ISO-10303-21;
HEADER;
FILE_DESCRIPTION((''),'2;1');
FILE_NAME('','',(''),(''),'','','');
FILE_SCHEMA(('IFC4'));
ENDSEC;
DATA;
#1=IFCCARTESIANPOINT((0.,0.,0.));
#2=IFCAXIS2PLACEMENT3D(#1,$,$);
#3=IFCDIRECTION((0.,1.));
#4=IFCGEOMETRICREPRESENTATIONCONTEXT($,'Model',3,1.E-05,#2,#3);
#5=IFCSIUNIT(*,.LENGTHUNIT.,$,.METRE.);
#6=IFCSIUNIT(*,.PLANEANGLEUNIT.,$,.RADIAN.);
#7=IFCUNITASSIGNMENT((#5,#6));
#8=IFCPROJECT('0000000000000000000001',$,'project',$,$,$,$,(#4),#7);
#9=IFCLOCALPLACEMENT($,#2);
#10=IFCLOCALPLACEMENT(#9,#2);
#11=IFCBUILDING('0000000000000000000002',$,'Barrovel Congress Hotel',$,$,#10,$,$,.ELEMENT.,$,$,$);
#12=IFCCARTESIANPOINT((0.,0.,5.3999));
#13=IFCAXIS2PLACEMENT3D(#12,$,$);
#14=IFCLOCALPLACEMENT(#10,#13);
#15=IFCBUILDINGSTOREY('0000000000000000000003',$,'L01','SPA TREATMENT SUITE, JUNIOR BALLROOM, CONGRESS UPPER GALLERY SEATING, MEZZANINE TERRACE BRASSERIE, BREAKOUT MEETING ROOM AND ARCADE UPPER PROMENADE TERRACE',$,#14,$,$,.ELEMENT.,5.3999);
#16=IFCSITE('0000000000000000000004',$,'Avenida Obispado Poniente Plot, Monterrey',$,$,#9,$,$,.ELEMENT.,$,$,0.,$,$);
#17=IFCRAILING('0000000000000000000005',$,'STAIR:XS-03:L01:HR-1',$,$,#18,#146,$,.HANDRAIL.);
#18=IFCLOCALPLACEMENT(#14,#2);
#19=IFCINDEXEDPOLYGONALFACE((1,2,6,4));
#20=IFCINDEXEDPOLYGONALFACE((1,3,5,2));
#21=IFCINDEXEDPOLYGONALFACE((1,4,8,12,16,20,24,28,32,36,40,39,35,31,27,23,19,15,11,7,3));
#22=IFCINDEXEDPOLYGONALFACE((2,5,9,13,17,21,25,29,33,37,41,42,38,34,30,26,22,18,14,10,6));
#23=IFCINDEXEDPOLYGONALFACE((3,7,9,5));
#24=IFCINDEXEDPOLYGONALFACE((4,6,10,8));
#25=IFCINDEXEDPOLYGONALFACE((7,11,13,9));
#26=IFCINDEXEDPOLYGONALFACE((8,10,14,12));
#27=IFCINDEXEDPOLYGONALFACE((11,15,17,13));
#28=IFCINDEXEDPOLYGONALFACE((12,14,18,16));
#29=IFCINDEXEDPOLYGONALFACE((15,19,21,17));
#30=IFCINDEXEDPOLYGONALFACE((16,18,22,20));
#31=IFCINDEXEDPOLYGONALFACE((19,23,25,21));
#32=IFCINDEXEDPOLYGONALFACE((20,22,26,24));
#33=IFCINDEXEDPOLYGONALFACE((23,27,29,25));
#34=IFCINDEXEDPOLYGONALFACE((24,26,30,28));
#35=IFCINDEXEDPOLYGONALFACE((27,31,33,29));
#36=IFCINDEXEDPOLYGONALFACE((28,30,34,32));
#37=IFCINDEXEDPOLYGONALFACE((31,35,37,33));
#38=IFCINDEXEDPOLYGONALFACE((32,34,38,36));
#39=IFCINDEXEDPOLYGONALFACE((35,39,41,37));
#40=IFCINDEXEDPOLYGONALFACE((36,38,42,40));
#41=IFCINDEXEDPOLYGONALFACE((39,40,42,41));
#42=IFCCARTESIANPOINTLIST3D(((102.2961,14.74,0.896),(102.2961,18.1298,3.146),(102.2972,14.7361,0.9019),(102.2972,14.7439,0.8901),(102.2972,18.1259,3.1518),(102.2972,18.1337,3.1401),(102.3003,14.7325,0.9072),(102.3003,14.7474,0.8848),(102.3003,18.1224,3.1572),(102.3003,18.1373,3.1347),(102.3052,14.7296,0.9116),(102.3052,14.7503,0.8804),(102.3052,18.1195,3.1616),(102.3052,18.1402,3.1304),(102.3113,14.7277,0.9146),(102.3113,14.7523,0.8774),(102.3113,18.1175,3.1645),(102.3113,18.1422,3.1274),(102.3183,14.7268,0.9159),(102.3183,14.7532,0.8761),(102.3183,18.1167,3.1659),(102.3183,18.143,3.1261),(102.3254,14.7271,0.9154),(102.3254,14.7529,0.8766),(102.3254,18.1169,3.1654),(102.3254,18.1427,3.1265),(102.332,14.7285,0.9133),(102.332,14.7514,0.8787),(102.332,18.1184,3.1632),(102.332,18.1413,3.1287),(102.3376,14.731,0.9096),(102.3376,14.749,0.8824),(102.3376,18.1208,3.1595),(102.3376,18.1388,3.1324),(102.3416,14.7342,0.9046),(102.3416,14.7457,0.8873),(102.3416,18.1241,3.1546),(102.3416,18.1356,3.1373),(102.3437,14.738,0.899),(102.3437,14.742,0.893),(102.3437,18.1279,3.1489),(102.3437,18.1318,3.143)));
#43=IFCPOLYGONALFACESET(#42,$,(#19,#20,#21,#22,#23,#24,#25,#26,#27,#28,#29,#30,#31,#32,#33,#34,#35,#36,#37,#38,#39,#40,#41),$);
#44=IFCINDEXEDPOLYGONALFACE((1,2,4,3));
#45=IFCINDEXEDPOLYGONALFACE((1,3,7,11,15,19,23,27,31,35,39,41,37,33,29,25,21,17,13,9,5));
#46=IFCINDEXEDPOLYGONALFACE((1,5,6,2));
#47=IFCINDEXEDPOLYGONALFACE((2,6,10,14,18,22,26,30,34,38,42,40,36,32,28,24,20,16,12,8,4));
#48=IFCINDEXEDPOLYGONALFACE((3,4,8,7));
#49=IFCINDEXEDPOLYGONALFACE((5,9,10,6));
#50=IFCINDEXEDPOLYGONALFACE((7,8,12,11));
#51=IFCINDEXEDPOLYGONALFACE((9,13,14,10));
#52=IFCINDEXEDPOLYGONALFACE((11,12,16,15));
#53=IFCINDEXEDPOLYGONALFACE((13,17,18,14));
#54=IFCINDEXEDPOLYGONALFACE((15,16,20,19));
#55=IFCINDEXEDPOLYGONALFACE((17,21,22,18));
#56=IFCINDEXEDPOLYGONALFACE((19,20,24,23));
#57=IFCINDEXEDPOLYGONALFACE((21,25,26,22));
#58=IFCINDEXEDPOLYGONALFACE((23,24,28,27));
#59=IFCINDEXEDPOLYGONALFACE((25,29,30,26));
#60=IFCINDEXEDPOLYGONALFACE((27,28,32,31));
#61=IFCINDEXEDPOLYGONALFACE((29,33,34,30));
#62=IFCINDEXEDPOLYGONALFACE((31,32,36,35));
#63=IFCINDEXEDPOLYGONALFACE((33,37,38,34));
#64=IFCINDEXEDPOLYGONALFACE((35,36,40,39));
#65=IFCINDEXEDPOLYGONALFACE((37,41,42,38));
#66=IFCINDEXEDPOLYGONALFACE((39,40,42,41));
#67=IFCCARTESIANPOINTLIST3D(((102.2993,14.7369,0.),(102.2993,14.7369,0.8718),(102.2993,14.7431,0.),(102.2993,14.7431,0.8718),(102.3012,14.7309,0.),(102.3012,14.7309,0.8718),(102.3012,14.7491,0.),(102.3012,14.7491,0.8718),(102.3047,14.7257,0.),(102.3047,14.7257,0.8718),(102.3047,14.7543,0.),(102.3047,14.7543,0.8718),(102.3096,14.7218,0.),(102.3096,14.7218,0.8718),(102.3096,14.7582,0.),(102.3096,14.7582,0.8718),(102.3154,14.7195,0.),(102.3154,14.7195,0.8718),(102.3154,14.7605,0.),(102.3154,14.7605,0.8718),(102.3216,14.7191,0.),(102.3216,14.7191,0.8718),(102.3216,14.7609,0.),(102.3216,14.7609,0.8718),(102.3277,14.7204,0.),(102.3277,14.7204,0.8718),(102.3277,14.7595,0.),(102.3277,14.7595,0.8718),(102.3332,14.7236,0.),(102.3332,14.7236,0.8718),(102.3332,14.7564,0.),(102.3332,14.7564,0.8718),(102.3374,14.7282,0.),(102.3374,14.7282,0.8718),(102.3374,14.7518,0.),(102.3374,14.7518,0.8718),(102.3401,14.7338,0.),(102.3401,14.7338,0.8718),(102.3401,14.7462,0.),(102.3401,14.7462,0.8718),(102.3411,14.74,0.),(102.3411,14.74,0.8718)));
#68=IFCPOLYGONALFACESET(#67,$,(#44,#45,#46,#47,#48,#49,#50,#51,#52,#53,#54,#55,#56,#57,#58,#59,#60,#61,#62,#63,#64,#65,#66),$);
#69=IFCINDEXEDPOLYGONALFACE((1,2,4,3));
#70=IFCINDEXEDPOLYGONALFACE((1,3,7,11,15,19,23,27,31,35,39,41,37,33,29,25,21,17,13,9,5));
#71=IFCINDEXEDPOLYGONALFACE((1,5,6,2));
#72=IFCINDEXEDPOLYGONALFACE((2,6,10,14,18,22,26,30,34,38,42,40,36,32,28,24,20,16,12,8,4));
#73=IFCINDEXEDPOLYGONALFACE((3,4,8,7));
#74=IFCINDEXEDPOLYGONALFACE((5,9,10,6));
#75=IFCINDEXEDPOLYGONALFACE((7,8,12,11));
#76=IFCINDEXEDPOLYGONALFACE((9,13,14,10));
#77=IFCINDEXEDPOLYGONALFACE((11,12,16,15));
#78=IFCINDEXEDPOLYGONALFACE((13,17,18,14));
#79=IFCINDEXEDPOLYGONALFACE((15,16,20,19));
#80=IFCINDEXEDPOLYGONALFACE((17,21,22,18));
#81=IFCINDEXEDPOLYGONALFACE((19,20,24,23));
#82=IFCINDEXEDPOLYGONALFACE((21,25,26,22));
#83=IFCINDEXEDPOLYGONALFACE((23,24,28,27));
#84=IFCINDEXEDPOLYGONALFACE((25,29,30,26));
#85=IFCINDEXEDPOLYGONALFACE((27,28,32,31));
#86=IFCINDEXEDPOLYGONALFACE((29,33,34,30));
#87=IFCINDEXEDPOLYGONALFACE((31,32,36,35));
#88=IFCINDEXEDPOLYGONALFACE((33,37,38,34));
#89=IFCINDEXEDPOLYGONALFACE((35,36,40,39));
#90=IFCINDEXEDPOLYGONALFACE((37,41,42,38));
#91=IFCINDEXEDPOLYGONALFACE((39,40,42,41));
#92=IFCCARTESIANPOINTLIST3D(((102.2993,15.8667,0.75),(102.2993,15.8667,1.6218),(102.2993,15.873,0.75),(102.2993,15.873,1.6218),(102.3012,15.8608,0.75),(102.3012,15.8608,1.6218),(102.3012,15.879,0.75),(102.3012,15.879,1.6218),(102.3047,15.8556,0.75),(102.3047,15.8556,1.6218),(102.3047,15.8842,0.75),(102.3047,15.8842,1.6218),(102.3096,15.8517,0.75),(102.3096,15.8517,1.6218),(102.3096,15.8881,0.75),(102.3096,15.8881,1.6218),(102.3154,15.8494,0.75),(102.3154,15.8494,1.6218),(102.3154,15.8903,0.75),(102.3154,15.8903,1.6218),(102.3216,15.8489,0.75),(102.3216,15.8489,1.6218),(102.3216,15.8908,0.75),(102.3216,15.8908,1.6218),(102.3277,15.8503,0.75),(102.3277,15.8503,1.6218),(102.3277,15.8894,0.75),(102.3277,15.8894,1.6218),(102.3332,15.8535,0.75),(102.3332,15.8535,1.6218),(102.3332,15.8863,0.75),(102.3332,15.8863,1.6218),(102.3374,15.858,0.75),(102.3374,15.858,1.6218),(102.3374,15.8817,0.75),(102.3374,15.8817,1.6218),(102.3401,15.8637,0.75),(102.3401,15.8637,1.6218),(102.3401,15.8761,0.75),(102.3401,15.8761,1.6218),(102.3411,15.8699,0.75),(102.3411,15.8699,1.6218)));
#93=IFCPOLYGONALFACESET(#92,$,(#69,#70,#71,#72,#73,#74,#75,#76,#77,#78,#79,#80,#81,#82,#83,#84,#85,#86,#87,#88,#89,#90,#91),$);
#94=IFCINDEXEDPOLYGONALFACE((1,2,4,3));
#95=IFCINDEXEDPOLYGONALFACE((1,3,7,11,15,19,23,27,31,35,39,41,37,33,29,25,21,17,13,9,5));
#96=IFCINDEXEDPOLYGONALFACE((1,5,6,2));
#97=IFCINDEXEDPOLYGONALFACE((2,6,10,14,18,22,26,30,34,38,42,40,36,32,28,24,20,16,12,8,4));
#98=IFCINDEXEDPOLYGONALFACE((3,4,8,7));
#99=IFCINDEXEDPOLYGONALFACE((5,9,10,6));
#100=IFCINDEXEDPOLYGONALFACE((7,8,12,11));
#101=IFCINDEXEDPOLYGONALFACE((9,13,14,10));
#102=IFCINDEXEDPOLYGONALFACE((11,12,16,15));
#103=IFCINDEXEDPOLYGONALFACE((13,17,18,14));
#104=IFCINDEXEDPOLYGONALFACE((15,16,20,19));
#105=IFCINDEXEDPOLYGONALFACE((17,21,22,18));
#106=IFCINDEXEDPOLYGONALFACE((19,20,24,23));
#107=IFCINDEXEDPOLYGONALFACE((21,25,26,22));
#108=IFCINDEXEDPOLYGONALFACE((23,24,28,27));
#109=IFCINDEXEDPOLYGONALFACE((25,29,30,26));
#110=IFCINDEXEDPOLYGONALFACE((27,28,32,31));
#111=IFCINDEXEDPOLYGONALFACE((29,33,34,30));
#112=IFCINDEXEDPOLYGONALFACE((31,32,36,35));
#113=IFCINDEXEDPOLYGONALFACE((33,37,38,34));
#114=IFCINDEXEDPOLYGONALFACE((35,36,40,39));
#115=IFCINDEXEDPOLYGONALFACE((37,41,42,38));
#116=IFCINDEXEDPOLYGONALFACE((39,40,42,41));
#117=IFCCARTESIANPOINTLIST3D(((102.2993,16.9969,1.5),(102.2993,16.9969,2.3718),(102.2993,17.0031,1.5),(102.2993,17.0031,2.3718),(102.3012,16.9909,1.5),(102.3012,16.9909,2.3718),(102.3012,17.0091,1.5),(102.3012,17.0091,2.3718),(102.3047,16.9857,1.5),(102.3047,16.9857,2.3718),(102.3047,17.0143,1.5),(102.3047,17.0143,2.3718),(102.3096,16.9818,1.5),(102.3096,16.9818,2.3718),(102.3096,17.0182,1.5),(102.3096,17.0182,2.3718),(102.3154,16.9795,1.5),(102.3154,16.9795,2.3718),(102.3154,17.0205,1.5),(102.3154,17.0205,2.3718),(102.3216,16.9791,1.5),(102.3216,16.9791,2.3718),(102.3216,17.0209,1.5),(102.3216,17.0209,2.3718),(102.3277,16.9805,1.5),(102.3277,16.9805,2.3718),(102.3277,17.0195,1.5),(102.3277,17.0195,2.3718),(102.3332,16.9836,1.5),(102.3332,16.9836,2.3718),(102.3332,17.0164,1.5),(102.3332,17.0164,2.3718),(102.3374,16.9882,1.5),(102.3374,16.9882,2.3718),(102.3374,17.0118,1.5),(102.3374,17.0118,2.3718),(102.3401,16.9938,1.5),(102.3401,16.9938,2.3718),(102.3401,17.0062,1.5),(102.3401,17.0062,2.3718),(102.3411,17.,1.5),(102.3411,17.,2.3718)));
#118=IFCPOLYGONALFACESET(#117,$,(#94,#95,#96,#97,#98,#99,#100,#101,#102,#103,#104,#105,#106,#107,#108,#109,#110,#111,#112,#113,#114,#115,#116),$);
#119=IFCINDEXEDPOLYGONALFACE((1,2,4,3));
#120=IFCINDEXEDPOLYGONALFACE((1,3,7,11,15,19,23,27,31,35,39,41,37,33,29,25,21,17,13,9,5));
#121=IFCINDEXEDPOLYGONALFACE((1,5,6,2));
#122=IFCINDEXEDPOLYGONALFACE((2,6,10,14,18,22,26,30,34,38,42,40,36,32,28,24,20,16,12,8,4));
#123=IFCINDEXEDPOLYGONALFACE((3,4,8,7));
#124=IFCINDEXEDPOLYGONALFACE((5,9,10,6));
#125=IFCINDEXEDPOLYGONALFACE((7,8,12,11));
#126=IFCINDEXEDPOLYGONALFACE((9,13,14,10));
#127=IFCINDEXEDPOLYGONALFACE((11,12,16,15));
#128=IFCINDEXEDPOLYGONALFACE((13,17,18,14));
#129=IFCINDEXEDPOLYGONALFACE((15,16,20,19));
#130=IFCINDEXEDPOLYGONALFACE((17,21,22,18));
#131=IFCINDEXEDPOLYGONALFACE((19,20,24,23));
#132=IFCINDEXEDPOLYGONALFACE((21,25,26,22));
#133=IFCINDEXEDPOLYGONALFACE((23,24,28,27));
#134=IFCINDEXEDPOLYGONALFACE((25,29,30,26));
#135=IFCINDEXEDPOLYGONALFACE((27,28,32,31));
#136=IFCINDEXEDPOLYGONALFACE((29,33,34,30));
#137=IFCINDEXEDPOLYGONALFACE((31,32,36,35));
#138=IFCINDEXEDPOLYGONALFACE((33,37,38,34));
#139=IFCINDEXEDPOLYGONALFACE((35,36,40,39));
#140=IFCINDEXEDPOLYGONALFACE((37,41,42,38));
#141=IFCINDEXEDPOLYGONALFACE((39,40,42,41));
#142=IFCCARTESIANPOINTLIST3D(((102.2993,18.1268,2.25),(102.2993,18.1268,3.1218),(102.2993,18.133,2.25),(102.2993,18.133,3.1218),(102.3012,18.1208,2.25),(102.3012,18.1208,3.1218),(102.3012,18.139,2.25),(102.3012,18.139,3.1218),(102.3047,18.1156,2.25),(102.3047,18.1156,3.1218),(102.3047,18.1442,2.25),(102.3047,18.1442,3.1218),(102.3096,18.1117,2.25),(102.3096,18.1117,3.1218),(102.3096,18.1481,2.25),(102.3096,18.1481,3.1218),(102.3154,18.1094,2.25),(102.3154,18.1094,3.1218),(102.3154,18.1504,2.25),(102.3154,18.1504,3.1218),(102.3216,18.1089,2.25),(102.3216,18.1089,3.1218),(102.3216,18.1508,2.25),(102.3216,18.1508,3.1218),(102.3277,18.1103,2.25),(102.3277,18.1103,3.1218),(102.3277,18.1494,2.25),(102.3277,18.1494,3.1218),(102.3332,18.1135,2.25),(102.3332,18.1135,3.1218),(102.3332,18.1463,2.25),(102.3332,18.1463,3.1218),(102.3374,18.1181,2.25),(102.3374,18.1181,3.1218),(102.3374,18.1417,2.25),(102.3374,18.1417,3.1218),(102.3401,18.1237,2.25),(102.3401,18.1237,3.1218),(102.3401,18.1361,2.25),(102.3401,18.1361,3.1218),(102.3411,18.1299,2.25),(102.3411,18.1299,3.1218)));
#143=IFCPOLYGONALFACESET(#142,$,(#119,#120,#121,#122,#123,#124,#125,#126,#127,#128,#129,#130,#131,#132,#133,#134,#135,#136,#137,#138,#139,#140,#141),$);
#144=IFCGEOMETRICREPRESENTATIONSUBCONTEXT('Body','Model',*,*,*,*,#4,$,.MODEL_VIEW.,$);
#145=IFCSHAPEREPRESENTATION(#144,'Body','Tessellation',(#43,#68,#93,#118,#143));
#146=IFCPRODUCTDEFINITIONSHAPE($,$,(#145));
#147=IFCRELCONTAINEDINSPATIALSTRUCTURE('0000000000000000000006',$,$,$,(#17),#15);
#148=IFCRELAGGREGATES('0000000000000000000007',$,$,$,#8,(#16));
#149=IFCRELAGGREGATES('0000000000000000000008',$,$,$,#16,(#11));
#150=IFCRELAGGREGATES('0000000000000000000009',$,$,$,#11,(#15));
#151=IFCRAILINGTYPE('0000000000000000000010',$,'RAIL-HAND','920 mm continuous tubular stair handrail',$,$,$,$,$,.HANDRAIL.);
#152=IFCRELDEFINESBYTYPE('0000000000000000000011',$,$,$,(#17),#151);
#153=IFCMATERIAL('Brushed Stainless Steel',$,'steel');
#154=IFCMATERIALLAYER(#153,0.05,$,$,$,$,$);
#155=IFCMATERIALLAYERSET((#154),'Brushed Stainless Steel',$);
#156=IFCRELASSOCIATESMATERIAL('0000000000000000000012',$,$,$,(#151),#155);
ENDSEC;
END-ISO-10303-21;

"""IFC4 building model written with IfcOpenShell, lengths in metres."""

from ifc_helpers import new_model, si_unit, direction, frame, origin, origin_2d, place, context, subcontext, project, spatial, circle, extrude, material, layer, layer_set, type_object, element, save


model = new_model("IFC4")

# Units and contexts
model_context = context("Model", 3, precision=1e-05, world=origin(), true_north=direction((0.0, 1.0)))
body_context = subcontext(model_context, "Body", "Model", "MODEL_VIEW")
ifc_project = project(units=[si_unit("LENGTHUNIT", "METRE"), si_unit("PLANEANGLEUNIT", "RADIAN")], contexts=[model_context])

# Site, building, storey
site_placement = place(None, origin())
site = spatial("IfcSite", under=ifc_project, at=site_placement, Name="Avenida Obispado Poniente Plot, Monterrey", CompositionType="ELEMENT", RefElevation=0.0)
building_placement = place(site_placement, origin())
building = spatial("IfcBuilding", under=site, at=building_placement, Name="Barrovel Congress Hotel", CompositionType="ELEMENT")
storey_placement = place(building_placement, frame((0.0, 0.0, 5.3999)))
storey = spatial("IfcBuildingStorey", under=building, at=storey_placement, Name="L01", Description="SPA TREATMENT SUITE, JUNIOR BALLROOM, CONGRESS UPPER GALLERY SEATING, MEZZANINE TERRACE BRASSERIE, BREAKOUT MEETING ROOM AND ARCADE UPPER PROMENADE TERRACE", CompositionType="ELEMENT", Elevation=5.3999)

# Railing
ifc_material_1 = material(Name="Brushed Stainless Steel", Category="steel")
ifc_layer_1 = layer(ifc_material_1, 0.05)
ifc_layer_set_1 = layer_set([ifc_layer_1], Name="Brushed Stainless Steel")
railing_type_1 = type_object("IfcRailingType", Name="RAIL-HAND", Description="920 mm continuous tubular stair handrail", PredefinedType="HANDRAIL", material=ifc_layer_set_1)
railing_1_placement = place(storey_placement, frame((102.3201, 14.74, 0.0)))
element("IfcRailing", 1, at=railing_1_placement, inside=storey, type_object=railing_type_1, Name="STAIR:XS-03:L01:HR-1", PredefinedType="HANDRAIL", context=body_context, shape_type="SweptSolid", body=[
    extrude(circle(Radius=0.0239, at=origin_2d()), frame((0.0, 0.0, 0.896), z_axis=(0.0, 0.833175, 0.55301), x_axis=(-1.0, 0.0, 0.0)), (0.0, 0.0, 1.0), 4.0686),
    extrude(circle(Radius=0.021, at=origin_2d()), origin(), (0.0, 0.0, 1.0), 0.8718),
    extrude(circle(Radius=0.021, at=origin_2d()), frame((0.0, 1.1299, 0.75)), (0.0, 0.0, 1.0), 0.8718),
    extrude(circle(Radius=0.021, at=origin_2d()), frame((0.0, 2.26, 1.5)), (0.0, 0.0, 1.0), 0.8718),
    extrude(circle(Radius=0.021, at=origin_2d()), frame((0.0, 3.3899, 2.25)), (0.0, 0.0, 1.0), 0.8718),
])

save(model, "model.ifc")
